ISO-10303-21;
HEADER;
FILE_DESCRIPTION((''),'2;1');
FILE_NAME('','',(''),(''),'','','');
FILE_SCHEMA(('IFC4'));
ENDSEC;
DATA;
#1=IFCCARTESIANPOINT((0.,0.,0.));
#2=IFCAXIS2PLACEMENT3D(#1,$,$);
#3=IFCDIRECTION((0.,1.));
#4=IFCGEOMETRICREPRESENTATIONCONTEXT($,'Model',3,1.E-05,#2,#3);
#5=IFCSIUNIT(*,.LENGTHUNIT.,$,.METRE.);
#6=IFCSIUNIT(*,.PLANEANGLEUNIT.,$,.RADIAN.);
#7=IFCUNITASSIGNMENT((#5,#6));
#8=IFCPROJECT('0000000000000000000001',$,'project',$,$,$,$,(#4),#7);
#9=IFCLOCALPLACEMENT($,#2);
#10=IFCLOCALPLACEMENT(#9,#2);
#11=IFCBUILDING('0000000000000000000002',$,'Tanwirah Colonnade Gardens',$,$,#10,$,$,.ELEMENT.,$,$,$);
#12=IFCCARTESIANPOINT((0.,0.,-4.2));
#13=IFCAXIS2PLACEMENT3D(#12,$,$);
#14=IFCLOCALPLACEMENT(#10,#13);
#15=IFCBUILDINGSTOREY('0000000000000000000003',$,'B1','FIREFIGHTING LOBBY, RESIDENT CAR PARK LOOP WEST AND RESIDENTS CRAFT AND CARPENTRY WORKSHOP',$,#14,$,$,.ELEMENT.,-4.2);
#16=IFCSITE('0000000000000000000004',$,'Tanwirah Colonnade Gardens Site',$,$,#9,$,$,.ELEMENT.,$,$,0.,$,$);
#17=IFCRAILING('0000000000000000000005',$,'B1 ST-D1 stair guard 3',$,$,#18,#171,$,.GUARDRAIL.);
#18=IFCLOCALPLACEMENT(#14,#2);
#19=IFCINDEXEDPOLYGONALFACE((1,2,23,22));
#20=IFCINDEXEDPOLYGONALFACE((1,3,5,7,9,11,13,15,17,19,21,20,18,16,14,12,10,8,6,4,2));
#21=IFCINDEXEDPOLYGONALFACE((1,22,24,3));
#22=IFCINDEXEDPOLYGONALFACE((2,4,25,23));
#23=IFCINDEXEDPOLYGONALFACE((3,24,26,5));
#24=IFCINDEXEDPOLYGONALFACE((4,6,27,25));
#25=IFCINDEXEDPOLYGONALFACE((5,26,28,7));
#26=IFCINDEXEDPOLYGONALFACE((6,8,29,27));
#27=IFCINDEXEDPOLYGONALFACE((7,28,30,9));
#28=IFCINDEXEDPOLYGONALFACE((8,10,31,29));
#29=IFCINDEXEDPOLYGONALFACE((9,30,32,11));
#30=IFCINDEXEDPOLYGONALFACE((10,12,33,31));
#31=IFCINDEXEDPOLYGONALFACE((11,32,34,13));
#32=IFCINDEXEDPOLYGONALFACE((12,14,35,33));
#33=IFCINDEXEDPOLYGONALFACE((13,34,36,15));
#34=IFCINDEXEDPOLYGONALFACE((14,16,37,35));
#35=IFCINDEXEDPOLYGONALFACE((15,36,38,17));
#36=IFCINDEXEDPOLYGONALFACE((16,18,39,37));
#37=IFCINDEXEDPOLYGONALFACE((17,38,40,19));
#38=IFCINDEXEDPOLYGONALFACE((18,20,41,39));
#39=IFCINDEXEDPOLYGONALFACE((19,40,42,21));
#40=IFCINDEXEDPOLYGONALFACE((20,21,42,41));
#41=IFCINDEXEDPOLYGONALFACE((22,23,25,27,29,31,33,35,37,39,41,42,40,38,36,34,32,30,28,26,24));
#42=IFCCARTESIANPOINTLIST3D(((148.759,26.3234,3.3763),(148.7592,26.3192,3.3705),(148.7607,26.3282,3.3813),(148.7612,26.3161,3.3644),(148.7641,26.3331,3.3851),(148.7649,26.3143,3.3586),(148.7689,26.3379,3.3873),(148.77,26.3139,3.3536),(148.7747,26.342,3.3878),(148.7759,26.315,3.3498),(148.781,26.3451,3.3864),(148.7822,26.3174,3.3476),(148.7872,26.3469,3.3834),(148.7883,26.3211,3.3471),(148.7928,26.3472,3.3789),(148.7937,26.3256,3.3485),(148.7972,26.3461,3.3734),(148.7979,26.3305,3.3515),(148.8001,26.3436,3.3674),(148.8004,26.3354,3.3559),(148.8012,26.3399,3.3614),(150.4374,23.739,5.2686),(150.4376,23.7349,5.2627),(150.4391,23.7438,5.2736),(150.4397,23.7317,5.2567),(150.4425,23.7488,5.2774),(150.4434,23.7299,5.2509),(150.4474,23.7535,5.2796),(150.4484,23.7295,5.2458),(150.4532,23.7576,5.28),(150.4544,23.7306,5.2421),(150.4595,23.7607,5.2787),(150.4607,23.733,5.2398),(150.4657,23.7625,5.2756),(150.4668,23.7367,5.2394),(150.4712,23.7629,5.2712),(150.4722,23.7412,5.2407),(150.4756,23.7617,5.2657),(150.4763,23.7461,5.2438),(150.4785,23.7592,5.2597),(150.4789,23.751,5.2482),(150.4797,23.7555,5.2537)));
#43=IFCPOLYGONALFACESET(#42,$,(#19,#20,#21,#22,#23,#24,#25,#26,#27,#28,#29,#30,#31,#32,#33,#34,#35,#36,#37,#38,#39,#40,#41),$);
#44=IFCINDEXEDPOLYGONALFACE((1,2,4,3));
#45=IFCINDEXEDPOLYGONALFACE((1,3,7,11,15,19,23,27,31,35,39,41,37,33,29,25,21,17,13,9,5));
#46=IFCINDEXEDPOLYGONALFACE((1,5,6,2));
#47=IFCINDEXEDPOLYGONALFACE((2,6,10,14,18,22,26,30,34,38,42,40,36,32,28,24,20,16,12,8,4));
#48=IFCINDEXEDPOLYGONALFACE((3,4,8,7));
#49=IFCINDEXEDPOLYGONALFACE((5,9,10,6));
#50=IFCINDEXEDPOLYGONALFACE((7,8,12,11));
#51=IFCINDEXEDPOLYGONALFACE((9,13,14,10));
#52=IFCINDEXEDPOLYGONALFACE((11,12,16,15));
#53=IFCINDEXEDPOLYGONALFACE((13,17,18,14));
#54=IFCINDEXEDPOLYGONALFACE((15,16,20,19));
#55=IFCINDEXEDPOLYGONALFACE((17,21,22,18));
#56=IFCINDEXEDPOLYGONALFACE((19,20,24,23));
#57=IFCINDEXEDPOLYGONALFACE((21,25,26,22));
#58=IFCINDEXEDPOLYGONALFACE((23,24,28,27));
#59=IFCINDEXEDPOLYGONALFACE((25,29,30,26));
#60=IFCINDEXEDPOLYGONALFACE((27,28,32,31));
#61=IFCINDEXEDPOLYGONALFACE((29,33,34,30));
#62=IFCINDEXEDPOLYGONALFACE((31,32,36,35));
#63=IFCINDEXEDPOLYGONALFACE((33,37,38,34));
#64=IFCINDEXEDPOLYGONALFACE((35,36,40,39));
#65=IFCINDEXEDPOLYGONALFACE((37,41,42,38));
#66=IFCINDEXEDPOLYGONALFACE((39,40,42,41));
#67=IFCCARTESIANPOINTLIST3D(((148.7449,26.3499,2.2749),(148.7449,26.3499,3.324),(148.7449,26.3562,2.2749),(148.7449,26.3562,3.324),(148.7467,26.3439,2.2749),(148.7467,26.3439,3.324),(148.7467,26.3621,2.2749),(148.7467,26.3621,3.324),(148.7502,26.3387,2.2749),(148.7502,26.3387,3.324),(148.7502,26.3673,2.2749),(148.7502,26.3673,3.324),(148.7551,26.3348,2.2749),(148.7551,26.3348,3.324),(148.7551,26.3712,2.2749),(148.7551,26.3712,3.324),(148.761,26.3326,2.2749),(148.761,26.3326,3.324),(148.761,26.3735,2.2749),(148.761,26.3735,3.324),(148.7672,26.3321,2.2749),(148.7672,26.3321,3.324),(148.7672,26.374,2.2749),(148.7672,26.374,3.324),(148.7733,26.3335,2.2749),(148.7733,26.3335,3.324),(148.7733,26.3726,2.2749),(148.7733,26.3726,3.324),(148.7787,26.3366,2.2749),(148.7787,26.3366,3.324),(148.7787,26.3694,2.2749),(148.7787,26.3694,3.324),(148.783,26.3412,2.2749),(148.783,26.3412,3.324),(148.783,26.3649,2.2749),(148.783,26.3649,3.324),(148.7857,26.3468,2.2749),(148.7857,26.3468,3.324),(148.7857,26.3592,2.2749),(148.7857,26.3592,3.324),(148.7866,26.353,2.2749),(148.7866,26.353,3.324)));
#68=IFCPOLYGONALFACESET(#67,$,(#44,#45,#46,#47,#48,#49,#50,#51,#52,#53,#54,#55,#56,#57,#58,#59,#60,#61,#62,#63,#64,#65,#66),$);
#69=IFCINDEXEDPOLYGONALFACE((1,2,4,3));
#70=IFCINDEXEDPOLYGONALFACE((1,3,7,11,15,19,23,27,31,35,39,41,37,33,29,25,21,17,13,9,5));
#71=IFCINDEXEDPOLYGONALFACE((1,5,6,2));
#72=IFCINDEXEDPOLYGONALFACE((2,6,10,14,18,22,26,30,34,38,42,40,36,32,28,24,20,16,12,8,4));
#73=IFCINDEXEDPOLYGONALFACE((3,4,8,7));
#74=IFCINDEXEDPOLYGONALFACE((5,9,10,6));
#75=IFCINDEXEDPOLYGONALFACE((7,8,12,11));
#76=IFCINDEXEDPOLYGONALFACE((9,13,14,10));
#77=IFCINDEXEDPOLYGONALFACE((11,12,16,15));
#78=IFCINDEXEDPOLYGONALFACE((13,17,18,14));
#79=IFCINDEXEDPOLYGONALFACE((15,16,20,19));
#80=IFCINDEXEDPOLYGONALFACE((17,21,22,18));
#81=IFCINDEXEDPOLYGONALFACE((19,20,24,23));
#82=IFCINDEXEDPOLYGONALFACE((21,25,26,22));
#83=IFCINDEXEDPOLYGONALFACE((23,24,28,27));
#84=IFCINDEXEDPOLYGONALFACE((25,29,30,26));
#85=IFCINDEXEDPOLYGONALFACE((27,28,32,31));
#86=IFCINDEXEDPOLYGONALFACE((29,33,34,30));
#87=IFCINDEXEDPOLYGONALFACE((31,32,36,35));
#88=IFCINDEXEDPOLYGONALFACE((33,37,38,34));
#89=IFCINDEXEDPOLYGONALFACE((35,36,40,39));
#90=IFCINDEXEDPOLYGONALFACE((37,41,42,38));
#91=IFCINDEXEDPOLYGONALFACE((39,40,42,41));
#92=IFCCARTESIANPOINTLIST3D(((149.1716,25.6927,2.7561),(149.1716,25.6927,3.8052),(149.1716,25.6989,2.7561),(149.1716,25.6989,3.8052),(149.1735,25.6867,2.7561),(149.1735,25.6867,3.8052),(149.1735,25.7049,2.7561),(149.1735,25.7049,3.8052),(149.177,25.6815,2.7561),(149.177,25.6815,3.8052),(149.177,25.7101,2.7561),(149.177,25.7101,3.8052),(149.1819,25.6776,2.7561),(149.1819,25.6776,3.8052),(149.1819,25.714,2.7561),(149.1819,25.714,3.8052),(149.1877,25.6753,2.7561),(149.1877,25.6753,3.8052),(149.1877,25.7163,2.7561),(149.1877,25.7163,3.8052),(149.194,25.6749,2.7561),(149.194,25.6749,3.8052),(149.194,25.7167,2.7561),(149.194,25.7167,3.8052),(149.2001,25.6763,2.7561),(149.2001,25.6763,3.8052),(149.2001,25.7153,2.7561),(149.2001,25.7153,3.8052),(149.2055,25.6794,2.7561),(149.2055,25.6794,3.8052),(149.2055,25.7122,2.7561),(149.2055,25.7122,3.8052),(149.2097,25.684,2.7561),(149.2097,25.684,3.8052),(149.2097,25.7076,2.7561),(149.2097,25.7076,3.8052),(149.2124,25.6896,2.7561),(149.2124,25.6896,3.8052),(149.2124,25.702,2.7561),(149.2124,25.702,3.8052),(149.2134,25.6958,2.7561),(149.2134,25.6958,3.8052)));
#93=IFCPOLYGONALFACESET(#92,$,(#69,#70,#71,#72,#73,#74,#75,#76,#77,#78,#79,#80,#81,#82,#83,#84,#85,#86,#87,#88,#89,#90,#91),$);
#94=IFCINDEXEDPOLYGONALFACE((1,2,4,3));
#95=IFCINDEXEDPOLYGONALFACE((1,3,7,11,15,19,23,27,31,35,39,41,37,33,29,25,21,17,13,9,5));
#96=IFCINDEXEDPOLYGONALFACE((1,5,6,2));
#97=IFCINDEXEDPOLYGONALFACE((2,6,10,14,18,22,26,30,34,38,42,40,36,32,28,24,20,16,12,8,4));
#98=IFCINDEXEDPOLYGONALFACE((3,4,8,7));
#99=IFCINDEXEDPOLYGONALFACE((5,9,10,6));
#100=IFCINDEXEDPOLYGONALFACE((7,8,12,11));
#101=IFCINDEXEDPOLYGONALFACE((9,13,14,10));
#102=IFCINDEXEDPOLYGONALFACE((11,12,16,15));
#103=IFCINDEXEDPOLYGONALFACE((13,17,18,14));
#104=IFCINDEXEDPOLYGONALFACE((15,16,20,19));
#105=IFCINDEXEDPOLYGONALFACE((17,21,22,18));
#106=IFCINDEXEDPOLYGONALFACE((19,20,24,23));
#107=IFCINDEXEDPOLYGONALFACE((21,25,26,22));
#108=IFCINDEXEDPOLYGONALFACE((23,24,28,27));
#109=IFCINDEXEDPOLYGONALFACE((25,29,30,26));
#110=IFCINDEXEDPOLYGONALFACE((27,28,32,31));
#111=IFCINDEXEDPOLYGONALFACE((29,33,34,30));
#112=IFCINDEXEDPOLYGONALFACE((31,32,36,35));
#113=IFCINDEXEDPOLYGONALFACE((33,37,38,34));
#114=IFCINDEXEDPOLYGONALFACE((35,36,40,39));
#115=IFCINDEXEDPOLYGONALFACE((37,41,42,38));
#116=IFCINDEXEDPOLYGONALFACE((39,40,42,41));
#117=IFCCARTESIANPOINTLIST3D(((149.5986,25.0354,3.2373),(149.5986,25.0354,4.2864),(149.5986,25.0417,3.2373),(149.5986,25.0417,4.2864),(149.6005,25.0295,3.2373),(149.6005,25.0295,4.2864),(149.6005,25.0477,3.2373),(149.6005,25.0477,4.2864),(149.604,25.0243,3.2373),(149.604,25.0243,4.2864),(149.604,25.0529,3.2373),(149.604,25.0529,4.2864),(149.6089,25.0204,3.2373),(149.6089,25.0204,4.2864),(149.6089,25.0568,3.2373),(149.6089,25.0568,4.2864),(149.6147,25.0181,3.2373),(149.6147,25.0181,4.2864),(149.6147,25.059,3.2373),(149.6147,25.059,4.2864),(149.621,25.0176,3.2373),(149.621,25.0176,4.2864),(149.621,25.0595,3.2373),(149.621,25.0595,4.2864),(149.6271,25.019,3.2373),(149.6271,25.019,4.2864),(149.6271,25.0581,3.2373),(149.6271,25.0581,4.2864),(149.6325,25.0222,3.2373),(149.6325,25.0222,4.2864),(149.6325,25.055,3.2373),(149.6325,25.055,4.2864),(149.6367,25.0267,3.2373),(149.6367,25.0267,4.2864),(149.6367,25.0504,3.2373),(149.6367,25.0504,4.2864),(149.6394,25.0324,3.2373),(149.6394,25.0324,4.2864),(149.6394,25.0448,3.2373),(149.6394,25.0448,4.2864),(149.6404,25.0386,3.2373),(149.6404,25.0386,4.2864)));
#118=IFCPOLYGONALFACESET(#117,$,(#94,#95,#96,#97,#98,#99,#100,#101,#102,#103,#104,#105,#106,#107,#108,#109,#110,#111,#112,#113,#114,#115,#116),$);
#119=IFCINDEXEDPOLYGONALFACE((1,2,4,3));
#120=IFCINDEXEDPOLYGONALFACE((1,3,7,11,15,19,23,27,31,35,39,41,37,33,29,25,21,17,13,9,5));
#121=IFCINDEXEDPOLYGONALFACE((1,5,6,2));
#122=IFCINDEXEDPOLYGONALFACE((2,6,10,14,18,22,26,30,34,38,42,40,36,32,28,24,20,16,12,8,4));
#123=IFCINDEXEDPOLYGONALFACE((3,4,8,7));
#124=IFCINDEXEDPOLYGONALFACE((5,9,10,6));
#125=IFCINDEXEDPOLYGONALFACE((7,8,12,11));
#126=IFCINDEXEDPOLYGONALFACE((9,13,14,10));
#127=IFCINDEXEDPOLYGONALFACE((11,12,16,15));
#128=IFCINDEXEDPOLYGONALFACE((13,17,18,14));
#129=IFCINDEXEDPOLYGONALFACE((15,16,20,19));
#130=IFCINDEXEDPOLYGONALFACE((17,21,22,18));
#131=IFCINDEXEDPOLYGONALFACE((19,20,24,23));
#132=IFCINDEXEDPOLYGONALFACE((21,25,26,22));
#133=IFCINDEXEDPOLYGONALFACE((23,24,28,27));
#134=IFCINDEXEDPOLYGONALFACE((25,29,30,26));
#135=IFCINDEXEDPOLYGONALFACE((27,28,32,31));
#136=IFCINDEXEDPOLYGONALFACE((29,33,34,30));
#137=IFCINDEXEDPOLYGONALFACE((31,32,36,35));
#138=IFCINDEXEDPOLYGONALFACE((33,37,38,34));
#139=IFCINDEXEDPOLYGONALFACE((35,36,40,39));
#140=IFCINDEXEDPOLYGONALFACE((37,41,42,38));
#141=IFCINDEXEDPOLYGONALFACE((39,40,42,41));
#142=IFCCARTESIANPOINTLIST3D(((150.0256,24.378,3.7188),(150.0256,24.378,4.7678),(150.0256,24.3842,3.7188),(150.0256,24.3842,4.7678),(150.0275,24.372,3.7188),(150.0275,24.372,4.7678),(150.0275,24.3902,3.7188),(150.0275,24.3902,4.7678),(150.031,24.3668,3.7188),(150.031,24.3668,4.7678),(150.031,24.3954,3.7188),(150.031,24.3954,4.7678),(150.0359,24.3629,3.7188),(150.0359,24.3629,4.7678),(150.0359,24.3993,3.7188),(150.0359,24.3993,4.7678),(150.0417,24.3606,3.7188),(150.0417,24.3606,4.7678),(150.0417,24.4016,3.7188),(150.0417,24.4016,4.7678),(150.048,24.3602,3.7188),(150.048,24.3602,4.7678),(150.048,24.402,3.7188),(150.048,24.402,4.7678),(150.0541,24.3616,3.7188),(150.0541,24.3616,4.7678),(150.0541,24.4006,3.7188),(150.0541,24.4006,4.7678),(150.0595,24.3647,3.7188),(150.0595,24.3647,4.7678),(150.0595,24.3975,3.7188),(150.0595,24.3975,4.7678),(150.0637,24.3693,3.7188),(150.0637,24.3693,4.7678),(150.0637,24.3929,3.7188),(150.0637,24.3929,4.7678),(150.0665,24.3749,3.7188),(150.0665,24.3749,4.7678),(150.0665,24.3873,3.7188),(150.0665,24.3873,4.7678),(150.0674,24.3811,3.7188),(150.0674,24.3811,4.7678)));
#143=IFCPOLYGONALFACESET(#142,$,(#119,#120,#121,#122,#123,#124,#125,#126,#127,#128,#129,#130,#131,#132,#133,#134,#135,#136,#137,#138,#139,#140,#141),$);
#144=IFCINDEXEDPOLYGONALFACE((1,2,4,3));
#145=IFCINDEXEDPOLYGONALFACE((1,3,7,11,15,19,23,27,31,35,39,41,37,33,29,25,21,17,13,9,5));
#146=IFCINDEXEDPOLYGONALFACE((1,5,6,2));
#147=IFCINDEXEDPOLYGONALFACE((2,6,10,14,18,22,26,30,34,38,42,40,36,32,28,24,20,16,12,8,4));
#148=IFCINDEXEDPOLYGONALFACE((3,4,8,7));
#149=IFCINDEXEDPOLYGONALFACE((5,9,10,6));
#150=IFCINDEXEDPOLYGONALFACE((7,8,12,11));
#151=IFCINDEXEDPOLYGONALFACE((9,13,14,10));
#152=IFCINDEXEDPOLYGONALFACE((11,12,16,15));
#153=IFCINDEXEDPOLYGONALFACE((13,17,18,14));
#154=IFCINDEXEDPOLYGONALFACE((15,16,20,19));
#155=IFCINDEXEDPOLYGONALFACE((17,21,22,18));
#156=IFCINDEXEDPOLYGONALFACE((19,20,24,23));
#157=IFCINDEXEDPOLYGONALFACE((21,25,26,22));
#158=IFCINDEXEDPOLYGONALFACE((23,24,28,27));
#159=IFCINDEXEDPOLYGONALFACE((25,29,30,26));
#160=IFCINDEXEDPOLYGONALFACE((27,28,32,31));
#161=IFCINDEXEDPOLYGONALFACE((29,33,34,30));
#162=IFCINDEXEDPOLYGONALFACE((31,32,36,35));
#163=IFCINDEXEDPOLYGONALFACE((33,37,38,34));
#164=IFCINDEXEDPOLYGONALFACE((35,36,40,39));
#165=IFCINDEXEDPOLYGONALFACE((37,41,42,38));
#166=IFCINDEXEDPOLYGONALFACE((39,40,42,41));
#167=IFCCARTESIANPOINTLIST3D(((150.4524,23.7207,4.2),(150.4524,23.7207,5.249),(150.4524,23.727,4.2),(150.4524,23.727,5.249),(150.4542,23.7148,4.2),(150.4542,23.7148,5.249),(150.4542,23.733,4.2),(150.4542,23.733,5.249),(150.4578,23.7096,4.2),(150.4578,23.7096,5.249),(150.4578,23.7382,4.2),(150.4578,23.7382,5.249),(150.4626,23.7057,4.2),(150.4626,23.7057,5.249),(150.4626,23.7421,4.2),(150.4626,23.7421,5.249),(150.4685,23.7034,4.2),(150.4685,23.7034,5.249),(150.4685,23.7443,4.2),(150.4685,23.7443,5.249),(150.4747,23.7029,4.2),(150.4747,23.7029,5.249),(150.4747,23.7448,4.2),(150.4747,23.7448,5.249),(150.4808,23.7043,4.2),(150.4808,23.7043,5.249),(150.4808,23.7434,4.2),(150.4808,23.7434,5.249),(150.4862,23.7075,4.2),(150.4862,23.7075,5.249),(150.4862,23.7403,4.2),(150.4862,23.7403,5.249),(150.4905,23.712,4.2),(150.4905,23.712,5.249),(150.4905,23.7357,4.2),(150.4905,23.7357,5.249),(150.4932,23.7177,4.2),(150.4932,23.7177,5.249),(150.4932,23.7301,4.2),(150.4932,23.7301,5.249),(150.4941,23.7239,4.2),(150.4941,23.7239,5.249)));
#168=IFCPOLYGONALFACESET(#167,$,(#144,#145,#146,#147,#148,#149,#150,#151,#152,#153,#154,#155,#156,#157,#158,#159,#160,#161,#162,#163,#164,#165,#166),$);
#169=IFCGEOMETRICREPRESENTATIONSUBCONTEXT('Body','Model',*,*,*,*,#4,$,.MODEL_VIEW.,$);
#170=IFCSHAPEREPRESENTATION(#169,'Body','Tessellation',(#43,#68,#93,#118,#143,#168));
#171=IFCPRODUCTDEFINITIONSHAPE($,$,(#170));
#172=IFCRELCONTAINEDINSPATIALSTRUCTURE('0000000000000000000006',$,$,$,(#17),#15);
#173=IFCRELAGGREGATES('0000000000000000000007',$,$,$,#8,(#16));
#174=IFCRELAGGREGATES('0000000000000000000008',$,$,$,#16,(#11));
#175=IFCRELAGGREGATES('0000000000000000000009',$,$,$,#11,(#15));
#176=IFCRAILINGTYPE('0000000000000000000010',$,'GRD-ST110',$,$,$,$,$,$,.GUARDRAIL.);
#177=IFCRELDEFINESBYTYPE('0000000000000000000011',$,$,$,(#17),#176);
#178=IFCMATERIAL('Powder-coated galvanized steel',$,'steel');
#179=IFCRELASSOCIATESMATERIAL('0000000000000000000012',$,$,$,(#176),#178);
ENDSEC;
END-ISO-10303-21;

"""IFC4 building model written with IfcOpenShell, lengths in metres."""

from ifc_helpers import new_model, si_unit, direction, frame, origin, origin_2d, place, context, subcontext, project, spatial, circle, extrude, material, type_object, element, save


model = new_model("IFC4")

# Units and contexts
model_context = context("Model", 3, precision=1e-05, world=origin(), true_north=direction((0.0, 1.0)))
body_context = subcontext(model_context, "Body", "Model", "MODEL_VIEW")
ifc_project = project(units=[si_unit("LENGTHUNIT", "METRE"), si_unit("PLANEANGLEUNIT", "RADIAN")], contexts=[model_context])

# Site, building, storey
site_placement = place(None, origin())
site = spatial("IfcSite", under=ifc_project, at=site_placement, Name="Tanwirah Colonnade Gardens Site", CompositionType="ELEMENT", RefElevation=0.0)
building_placement = place(site_placement, origin())
building = spatial("IfcBuilding", under=site, at=building_placement, Name="Tanwirah Colonnade Gardens", CompositionType="ELEMENT")
storey_placement = place(building_placement, frame((0.0, 0.0, -4.2)))
storey = spatial("IfcBuildingStorey", under=building, at=storey_placement, Name="B1", Description="FIREFIGHTING LOBBY, RESIDENT CAR PARK LOOP WEST AND RESIDENTS CRAFT AND CARPENTRY WORKSHOP", CompositionType="ELEMENT", Elevation=-4.2)

# Railing
ifc_material_1 = material(Name="Powder-coated galvanized steel", Category="steel")
railing_type_1 = type_object("IfcRailingType", Name="GRD-ST110", PredefinedType="GUARDRAIL", material=ifc_material_1)
railing_1_placement = place(storey_placement, frame((148.7656, 26.353, 2.2749)))
element("IfcRailing", 1, at=railing_1_placement, inside=storey, type_object=railing_type_1, Name="B1 ST-D1 stair guard 3", PredefinedType="GUARDRAIL", context=body_context, shape_type="SweptSolid", body=[
    extrude(circle(Radius=0.0239, at=origin_2d()), frame((0.0144, -0.0225, 1.0925), z_axis=(0.464146, -0.714668, 0.523276), x_axis=(0.838652, 0.544668, 0.0)), (0.0, 0.0, 1.0), 3.6162),
    extrude(circle(Radius=0.021, at=origin_2d()), origin(), (0.0, 0.0, 1.0), 1.0491),
    extrude(circle(Radius=0.021, at=origin_2d()), frame((0.4268, -0.6572, 0.4812)), (0.0, 0.0, 1.0), 1.0491),
    extrude(circle(Radius=0.021, at=origin_2d()), frame((0.8538, -1.3145, 0.9624)), (0.0, 0.0, 1.0), 1.0491),
    extrude(circle(Radius=0.021, at=origin_2d()), frame((1.2808, -1.9719, 1.4438)), (0.0, 0.0, 1.0), 1.0491),
    extrude(circle(Radius=0.021, at=origin_2d()), frame((1.7075, -2.6292, 1.925)), (0.0, 0.0, 1.0), 1.0491),
])

save(model, "model.ifc")
